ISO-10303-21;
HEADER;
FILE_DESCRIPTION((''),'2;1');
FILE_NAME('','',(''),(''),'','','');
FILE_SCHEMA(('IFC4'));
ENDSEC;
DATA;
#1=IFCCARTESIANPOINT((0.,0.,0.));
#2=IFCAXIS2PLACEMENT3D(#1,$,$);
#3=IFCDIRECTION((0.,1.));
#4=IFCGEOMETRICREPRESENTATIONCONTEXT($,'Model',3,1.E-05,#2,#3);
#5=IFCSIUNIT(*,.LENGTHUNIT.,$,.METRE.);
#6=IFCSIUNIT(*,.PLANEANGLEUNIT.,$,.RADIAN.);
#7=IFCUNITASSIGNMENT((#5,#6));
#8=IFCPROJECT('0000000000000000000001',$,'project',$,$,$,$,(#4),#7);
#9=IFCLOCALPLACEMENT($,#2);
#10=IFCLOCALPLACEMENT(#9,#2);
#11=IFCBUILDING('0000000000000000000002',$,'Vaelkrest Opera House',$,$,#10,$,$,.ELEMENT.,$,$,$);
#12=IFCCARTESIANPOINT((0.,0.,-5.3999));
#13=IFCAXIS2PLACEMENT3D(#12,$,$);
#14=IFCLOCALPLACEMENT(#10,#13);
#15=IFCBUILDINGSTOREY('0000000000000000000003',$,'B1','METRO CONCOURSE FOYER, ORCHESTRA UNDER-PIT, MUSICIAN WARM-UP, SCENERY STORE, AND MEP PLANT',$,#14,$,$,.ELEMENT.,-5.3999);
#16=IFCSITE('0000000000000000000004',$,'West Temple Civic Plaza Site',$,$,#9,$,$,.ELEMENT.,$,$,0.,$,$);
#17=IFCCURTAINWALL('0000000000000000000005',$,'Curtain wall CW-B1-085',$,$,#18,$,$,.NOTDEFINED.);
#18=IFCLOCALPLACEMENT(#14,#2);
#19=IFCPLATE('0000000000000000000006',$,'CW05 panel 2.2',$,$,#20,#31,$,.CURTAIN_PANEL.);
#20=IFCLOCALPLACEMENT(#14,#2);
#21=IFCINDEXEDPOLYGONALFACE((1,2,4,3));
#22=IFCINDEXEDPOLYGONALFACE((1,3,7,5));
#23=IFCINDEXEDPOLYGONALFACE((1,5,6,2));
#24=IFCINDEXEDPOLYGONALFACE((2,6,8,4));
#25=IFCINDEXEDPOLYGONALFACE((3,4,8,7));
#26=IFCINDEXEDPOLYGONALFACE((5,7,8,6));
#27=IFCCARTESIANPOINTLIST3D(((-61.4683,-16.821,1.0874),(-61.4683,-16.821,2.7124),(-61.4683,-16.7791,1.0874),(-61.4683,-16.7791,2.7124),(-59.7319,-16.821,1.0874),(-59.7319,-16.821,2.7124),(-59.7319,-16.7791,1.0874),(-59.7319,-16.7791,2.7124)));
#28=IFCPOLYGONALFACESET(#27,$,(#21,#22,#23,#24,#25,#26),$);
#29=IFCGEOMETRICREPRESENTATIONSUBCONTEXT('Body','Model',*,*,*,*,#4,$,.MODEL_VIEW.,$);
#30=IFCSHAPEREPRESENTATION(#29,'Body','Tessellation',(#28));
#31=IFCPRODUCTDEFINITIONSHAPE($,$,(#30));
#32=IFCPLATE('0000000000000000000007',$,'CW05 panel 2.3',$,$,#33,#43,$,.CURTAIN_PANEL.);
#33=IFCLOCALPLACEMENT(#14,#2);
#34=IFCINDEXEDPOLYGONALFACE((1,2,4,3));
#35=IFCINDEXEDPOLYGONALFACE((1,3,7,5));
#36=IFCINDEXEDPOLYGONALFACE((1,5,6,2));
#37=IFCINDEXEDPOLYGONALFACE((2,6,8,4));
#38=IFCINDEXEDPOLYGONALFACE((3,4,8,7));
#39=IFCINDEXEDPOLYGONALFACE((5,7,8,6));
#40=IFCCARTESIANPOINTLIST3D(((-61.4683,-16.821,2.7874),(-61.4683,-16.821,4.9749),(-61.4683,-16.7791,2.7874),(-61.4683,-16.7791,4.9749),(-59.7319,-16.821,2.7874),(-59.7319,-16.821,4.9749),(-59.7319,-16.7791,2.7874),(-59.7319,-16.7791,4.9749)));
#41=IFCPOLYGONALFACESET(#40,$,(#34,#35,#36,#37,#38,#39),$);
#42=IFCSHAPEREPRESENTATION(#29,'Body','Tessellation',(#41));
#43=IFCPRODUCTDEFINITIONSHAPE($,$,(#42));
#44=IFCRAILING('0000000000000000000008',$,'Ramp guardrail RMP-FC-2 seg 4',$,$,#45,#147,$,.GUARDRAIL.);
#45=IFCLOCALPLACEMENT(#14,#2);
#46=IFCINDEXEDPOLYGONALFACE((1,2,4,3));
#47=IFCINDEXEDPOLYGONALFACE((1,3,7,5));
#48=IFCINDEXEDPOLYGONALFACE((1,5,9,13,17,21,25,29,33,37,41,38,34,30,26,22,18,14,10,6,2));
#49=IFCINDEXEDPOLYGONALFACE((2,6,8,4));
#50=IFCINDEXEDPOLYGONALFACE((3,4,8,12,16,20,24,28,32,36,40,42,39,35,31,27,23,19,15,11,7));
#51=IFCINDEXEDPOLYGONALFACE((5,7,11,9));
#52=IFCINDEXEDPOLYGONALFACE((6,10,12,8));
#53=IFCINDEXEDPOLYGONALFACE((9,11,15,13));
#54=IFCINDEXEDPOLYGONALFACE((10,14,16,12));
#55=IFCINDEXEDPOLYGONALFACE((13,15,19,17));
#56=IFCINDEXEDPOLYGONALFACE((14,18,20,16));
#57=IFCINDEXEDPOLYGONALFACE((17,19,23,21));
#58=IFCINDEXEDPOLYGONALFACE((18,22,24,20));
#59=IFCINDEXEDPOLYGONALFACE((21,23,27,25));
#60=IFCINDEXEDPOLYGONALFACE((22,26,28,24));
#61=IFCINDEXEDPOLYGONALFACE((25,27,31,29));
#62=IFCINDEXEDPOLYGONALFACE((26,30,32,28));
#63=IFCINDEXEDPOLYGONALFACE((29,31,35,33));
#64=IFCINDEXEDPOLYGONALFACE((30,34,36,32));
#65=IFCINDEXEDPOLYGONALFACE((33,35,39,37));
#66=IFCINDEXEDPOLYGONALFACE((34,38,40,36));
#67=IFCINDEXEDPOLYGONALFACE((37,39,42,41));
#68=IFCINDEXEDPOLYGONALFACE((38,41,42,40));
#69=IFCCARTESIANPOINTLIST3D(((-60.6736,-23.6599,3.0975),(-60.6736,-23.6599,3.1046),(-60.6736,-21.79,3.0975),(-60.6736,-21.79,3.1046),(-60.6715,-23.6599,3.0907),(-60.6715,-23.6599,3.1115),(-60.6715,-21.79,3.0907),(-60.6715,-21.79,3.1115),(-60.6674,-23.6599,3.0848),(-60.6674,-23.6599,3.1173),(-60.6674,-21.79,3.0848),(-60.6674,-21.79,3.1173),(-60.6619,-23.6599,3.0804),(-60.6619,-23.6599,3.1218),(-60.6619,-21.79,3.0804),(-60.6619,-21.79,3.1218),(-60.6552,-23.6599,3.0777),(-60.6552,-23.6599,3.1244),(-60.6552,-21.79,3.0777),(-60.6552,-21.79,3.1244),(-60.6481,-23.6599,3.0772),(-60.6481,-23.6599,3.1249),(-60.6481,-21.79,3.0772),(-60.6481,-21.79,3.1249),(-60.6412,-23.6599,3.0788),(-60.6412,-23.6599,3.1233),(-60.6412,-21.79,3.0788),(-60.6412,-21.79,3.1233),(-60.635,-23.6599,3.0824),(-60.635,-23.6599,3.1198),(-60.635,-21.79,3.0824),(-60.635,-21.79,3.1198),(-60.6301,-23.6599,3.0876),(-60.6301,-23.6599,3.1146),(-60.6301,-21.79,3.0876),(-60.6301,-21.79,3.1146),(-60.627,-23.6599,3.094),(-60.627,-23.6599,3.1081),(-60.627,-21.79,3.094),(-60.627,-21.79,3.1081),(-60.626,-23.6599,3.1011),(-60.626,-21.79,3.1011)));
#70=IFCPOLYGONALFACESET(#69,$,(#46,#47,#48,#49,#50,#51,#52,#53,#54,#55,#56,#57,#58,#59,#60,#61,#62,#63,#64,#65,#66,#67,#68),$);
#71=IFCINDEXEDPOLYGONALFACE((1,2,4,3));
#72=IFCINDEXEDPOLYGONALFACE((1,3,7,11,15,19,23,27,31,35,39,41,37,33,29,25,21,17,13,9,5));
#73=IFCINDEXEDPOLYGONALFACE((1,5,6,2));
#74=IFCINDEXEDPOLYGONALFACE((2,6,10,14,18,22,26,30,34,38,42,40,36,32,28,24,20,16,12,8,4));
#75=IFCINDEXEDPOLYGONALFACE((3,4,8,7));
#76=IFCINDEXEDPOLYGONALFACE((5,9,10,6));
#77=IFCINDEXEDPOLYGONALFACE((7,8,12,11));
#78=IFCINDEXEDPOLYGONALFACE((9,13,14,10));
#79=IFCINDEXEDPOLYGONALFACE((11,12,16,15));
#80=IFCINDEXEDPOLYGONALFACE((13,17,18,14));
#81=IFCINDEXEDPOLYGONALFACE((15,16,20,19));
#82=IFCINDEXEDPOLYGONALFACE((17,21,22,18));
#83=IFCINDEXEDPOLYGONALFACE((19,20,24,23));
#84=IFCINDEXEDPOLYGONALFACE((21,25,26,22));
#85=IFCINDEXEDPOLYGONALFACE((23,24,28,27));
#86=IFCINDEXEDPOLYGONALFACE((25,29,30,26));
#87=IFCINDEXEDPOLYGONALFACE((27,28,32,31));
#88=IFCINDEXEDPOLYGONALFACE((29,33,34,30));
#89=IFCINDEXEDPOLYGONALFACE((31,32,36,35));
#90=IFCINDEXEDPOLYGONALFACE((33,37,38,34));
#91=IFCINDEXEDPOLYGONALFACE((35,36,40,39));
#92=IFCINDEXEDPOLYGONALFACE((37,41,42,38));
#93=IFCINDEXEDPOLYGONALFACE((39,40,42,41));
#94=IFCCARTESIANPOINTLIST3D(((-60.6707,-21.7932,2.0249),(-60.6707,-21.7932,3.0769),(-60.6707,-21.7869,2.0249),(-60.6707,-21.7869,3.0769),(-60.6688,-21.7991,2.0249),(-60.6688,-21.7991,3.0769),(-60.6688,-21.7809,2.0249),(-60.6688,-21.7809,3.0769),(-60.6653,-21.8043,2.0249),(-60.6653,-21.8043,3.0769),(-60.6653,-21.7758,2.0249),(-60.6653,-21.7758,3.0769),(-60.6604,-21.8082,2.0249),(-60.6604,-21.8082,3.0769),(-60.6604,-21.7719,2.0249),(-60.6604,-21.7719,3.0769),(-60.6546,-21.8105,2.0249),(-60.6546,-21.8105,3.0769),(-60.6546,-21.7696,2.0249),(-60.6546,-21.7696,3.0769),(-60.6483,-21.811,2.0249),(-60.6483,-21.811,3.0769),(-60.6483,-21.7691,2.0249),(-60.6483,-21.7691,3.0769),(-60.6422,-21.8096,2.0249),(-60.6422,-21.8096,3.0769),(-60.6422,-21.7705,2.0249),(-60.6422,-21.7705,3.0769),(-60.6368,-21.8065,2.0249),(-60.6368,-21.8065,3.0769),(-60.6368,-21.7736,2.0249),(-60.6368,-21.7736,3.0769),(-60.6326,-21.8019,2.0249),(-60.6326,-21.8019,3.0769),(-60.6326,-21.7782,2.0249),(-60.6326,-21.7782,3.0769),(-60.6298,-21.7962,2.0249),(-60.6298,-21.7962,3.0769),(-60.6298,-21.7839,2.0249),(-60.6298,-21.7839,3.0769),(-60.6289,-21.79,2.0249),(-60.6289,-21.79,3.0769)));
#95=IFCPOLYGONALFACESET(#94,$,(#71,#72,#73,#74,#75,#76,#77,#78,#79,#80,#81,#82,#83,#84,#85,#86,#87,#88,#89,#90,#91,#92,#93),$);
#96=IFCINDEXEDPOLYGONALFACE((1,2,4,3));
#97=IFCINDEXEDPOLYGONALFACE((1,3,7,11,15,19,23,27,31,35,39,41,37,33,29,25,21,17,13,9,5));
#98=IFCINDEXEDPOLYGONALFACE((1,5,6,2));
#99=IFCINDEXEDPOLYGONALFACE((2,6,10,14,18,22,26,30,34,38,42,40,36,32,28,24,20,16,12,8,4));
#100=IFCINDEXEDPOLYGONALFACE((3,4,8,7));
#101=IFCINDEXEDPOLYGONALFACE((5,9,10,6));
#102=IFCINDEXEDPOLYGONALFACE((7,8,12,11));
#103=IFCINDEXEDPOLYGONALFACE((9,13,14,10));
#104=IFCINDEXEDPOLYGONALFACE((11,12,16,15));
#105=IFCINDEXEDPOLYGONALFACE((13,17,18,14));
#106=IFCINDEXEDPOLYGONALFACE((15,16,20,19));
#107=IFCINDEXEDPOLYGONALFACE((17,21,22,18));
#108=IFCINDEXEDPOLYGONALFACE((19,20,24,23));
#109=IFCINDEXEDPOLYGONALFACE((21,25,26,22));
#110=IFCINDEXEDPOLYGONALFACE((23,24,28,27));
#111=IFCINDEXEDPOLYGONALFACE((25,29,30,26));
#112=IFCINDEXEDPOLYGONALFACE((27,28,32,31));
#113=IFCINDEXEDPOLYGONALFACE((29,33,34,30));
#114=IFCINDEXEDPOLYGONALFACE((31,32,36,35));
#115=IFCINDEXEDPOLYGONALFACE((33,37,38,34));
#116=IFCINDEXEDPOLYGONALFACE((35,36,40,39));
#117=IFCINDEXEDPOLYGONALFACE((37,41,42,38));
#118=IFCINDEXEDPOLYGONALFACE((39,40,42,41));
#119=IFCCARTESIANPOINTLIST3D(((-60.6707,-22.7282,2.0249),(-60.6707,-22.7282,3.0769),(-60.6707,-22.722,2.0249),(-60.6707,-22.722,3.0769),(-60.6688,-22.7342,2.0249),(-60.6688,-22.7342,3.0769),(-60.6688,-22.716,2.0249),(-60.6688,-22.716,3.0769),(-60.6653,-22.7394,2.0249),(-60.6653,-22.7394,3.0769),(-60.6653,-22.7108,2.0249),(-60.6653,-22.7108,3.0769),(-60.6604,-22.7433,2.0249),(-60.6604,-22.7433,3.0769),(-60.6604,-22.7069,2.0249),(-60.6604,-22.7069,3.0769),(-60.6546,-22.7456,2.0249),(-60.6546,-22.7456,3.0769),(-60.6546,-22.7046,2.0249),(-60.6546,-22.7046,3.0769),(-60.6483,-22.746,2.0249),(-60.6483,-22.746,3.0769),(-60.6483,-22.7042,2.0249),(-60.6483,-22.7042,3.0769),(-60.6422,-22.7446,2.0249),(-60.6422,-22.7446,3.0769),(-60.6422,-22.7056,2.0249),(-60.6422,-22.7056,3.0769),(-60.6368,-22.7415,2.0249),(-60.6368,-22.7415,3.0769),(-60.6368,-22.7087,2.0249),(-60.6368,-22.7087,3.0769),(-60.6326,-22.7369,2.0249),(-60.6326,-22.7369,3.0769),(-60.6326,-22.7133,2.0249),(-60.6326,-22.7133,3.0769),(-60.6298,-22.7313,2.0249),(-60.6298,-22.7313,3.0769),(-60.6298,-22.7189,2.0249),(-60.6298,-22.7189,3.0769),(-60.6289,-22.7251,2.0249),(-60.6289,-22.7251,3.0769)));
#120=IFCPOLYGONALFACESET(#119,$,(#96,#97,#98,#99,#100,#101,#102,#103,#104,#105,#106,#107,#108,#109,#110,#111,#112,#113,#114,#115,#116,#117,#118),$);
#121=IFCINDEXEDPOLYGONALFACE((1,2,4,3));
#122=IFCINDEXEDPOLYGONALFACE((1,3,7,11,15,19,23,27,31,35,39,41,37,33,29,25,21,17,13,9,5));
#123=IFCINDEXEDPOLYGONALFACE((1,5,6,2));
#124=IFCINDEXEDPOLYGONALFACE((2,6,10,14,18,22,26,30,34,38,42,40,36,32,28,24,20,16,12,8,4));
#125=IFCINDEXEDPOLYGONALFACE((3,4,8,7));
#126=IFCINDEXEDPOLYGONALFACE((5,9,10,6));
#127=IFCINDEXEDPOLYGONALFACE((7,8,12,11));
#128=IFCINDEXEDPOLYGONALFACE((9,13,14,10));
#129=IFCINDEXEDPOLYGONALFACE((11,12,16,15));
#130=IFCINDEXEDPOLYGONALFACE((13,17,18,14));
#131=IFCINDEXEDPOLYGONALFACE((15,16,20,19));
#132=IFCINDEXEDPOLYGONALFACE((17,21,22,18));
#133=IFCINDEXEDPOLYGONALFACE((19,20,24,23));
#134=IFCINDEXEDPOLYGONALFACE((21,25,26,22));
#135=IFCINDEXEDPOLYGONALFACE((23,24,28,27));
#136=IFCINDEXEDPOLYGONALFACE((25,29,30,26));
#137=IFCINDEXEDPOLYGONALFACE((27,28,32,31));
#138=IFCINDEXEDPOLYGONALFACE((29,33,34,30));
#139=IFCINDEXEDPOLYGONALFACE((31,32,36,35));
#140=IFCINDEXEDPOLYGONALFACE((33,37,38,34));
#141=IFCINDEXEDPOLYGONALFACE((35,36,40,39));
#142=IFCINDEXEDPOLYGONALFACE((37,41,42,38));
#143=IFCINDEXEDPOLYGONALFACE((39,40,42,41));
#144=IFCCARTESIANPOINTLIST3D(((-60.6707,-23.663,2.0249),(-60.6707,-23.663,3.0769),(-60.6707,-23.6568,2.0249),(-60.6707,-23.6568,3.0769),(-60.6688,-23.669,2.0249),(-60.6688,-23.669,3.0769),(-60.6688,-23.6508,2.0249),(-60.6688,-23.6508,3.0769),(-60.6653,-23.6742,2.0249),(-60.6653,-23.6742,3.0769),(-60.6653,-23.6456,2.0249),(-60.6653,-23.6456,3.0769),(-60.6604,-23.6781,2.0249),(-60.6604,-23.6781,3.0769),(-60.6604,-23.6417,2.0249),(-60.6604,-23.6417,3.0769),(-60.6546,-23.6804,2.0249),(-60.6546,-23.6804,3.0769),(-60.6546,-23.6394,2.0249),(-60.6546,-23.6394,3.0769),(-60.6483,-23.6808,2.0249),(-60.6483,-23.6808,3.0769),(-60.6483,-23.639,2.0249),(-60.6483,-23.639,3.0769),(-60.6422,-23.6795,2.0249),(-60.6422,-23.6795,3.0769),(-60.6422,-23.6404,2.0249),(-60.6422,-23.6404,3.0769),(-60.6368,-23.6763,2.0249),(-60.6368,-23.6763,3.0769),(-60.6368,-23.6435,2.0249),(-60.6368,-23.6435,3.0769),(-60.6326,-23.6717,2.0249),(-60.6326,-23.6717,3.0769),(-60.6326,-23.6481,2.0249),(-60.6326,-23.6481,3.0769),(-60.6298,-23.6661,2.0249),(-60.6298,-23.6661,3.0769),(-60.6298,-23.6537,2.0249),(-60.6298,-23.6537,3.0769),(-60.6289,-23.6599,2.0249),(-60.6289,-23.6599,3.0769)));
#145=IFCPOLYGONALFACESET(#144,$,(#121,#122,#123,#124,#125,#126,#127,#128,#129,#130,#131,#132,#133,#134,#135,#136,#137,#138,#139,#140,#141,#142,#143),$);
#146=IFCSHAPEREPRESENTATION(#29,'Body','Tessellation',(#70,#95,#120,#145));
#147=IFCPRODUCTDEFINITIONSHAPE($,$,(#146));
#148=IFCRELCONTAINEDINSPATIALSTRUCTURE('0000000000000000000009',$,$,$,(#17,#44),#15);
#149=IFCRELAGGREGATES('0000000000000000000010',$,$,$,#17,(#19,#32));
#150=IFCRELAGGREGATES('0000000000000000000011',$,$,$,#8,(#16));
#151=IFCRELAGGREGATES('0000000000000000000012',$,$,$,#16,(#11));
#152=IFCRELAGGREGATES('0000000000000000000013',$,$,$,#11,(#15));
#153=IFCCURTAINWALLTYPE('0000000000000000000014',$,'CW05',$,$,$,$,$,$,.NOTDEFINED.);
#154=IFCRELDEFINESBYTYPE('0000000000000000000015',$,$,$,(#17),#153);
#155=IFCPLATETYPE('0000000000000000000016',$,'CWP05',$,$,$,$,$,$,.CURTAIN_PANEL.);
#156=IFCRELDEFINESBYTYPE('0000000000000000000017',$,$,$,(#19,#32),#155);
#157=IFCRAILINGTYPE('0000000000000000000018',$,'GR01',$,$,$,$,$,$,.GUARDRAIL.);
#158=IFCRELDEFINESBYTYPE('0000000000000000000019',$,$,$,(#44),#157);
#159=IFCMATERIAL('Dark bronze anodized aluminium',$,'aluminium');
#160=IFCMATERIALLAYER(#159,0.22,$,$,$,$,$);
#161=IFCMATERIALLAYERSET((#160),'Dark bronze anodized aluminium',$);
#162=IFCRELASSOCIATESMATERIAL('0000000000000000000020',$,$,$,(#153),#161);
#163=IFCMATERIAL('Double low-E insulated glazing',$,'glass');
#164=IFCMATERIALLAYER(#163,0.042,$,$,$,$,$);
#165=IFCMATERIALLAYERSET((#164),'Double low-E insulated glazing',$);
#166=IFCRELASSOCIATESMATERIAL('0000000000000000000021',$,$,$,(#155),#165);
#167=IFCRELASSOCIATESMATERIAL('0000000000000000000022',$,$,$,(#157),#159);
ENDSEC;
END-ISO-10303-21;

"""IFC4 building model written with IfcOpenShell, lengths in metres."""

from ifc_helpers import new_model, si_unit, direction, frame, origin, origin_2d, place, context, subcontext, project, spatial, rectangle, circle, extrude, material, layer, layer_set, type_object, element, aggregate, save


model = new_model("IFC4")

# Units and contexts
model_context = context("Model", 3, precision=1e-05, world=origin(), true_north=direction((0.0, 1.0)))
body_context = subcontext(model_context, "Body", "Model", "MODEL_VIEW")
ifc_project = project(units=[si_unit("LENGTHUNIT", "METRE"), si_unit("PLANEANGLEUNIT", "RADIAN")], contexts=[model_context])

# Site, building, storey
site_placement = place(None, origin())
site = spatial("IfcSite", under=ifc_project, at=site_placement, Name="West Temple Civic Plaza Site", CompositionType="ELEMENT", RefElevation=0.0)
building_placement = place(site_placement, origin())
building = spatial("IfcBuilding", under=site, at=building_placement, Name="Vaelkrest Opera House", CompositionType="ELEMENT")
storey_placement = place(building_placement, frame((0.0, 0.0, -5.3999)))
storey = spatial("IfcBuildingStorey", under=building, at=storey_placement, Name="B1", Description="METRO CONCOURSE FOYER, ORCHESTRA UNDER-PIT, MUSICIAN WARM-UP, SCENERY STORE, AND MEP PLANT", CompositionType="ELEMENT", Elevation=-5.3999)

# Curtain wall, plates
ifc_material_1 = material(Name="Dark bronze anodized aluminium", Category="aluminium")
ifc_layer_1 = layer(ifc_material_1, 0.22)
ifc_layer_set_1 = layer_set([ifc_layer_1], Name="Dark bronze anodized aluminium")
curtain_wall_type = type_object("IfcCurtainWallType", Name="CW05", PredefinedType="NOTDEFINED", material=ifc_layer_set_1)
curtain_wall_placement = place(storey_placement, origin())
curtain_wall = element("IfcCurtainWall", 1, at=curtain_wall_placement, inside=storey, type_object=curtain_wall_type, Name="Curtain wall CW-B1-085", PredefinedType="NOTDEFINED")
ifc_material_2 = material(Name="Double low-E insulated glazing", Category="glass")
ifc_layer_2 = layer(ifc_material_2, 0.042)
ifc_layer_set_2 = layer_set([ifc_layer_2], Name="Double low-E insulated glazing")
plate_type = type_object("IfcPlateType", Name="CWP05", PredefinedType="CURTAIN_PANEL", material=ifc_layer_set_2)
plate_1_placement = place(storey_placement, frame((-60.6001, -16.8, 1.0874), z_axis=(0.0, 0.0, 1.0), x_axis=(-1.0, 0.0, 0.0)))
plate_1 = element("IfcPlate", 2, at=plate_1_placement, type_object=plate_type, Name="CW05 panel 2.2", PredefinedType="CURTAIN_PANEL", context=body_context, shape_type="SweptSolid", body=[
    extrude(rectangle(XDim=1.7363, YDim=0.042, at=origin_2d()), origin(), (0.0, 0.0, 1.0), 1.625),
])
plate_2_placement = place(storey_placement, frame((-60.6001, -16.8, 2.7874), z_axis=(0.0, 0.0, 1.0), x_axis=(-1.0, 0.0, 0.0)))
plate_2 = element("IfcPlate", 3, at=plate_2_placement, type_object=plate_type, Name="CW05 panel 2.3", PredefinedType="CURTAIN_PANEL", context=body_context, shape_type="SweptSolid", body=[
    extrude(rectangle(XDim=1.7363, YDim=0.042, at=origin_2d()), origin(), (0.0, 0.0, 1.0), 2.1875),
])
aggregate(curtain_wall, [plate_1, plate_2])

# Railing
railing_type = type_object("IfcRailingType", Name="GR01", PredefinedType="GUARDRAIL", material=ifc_material_1)
railing_placement = place(storey_placement, frame((-60.6499, -21.79, 2.0249)))
element("IfcRailing", 4, at=railing_placement, inside=storey, type_object=railing_type, Name="Ramp guardrail RMP-FC-2 seg 4", PredefinedType="GUARDRAIL", context=body_context, shape_type="SweptSolid", body=[
    extrude(circle(Radius=0.0239, at=origin_2d()), frame((0.0, 0.0, 1.0762), z_axis=(0.0, -1.0, 0.0), x_axis=(1.0, 0.0, 0.0)), (0.0, 0.0, 1.0), 1.8699),
    extrude(circle(Radius=0.021, at=origin_2d()), origin(), (0.0, 0.0, 1.0), 1.052),
    extrude(circle(Radius=0.021, at=origin_2d()), frame((0.0, -0.9351, 0.0)), (0.0, 0.0, 1.0), 1.052),
    extrude(circle(Radius=0.021, at=origin_2d()), frame((0.0, -1.8699, 0.0)), (0.0, 0.0, 1.0), 1.052),
])

save(model, "model.ifc")
